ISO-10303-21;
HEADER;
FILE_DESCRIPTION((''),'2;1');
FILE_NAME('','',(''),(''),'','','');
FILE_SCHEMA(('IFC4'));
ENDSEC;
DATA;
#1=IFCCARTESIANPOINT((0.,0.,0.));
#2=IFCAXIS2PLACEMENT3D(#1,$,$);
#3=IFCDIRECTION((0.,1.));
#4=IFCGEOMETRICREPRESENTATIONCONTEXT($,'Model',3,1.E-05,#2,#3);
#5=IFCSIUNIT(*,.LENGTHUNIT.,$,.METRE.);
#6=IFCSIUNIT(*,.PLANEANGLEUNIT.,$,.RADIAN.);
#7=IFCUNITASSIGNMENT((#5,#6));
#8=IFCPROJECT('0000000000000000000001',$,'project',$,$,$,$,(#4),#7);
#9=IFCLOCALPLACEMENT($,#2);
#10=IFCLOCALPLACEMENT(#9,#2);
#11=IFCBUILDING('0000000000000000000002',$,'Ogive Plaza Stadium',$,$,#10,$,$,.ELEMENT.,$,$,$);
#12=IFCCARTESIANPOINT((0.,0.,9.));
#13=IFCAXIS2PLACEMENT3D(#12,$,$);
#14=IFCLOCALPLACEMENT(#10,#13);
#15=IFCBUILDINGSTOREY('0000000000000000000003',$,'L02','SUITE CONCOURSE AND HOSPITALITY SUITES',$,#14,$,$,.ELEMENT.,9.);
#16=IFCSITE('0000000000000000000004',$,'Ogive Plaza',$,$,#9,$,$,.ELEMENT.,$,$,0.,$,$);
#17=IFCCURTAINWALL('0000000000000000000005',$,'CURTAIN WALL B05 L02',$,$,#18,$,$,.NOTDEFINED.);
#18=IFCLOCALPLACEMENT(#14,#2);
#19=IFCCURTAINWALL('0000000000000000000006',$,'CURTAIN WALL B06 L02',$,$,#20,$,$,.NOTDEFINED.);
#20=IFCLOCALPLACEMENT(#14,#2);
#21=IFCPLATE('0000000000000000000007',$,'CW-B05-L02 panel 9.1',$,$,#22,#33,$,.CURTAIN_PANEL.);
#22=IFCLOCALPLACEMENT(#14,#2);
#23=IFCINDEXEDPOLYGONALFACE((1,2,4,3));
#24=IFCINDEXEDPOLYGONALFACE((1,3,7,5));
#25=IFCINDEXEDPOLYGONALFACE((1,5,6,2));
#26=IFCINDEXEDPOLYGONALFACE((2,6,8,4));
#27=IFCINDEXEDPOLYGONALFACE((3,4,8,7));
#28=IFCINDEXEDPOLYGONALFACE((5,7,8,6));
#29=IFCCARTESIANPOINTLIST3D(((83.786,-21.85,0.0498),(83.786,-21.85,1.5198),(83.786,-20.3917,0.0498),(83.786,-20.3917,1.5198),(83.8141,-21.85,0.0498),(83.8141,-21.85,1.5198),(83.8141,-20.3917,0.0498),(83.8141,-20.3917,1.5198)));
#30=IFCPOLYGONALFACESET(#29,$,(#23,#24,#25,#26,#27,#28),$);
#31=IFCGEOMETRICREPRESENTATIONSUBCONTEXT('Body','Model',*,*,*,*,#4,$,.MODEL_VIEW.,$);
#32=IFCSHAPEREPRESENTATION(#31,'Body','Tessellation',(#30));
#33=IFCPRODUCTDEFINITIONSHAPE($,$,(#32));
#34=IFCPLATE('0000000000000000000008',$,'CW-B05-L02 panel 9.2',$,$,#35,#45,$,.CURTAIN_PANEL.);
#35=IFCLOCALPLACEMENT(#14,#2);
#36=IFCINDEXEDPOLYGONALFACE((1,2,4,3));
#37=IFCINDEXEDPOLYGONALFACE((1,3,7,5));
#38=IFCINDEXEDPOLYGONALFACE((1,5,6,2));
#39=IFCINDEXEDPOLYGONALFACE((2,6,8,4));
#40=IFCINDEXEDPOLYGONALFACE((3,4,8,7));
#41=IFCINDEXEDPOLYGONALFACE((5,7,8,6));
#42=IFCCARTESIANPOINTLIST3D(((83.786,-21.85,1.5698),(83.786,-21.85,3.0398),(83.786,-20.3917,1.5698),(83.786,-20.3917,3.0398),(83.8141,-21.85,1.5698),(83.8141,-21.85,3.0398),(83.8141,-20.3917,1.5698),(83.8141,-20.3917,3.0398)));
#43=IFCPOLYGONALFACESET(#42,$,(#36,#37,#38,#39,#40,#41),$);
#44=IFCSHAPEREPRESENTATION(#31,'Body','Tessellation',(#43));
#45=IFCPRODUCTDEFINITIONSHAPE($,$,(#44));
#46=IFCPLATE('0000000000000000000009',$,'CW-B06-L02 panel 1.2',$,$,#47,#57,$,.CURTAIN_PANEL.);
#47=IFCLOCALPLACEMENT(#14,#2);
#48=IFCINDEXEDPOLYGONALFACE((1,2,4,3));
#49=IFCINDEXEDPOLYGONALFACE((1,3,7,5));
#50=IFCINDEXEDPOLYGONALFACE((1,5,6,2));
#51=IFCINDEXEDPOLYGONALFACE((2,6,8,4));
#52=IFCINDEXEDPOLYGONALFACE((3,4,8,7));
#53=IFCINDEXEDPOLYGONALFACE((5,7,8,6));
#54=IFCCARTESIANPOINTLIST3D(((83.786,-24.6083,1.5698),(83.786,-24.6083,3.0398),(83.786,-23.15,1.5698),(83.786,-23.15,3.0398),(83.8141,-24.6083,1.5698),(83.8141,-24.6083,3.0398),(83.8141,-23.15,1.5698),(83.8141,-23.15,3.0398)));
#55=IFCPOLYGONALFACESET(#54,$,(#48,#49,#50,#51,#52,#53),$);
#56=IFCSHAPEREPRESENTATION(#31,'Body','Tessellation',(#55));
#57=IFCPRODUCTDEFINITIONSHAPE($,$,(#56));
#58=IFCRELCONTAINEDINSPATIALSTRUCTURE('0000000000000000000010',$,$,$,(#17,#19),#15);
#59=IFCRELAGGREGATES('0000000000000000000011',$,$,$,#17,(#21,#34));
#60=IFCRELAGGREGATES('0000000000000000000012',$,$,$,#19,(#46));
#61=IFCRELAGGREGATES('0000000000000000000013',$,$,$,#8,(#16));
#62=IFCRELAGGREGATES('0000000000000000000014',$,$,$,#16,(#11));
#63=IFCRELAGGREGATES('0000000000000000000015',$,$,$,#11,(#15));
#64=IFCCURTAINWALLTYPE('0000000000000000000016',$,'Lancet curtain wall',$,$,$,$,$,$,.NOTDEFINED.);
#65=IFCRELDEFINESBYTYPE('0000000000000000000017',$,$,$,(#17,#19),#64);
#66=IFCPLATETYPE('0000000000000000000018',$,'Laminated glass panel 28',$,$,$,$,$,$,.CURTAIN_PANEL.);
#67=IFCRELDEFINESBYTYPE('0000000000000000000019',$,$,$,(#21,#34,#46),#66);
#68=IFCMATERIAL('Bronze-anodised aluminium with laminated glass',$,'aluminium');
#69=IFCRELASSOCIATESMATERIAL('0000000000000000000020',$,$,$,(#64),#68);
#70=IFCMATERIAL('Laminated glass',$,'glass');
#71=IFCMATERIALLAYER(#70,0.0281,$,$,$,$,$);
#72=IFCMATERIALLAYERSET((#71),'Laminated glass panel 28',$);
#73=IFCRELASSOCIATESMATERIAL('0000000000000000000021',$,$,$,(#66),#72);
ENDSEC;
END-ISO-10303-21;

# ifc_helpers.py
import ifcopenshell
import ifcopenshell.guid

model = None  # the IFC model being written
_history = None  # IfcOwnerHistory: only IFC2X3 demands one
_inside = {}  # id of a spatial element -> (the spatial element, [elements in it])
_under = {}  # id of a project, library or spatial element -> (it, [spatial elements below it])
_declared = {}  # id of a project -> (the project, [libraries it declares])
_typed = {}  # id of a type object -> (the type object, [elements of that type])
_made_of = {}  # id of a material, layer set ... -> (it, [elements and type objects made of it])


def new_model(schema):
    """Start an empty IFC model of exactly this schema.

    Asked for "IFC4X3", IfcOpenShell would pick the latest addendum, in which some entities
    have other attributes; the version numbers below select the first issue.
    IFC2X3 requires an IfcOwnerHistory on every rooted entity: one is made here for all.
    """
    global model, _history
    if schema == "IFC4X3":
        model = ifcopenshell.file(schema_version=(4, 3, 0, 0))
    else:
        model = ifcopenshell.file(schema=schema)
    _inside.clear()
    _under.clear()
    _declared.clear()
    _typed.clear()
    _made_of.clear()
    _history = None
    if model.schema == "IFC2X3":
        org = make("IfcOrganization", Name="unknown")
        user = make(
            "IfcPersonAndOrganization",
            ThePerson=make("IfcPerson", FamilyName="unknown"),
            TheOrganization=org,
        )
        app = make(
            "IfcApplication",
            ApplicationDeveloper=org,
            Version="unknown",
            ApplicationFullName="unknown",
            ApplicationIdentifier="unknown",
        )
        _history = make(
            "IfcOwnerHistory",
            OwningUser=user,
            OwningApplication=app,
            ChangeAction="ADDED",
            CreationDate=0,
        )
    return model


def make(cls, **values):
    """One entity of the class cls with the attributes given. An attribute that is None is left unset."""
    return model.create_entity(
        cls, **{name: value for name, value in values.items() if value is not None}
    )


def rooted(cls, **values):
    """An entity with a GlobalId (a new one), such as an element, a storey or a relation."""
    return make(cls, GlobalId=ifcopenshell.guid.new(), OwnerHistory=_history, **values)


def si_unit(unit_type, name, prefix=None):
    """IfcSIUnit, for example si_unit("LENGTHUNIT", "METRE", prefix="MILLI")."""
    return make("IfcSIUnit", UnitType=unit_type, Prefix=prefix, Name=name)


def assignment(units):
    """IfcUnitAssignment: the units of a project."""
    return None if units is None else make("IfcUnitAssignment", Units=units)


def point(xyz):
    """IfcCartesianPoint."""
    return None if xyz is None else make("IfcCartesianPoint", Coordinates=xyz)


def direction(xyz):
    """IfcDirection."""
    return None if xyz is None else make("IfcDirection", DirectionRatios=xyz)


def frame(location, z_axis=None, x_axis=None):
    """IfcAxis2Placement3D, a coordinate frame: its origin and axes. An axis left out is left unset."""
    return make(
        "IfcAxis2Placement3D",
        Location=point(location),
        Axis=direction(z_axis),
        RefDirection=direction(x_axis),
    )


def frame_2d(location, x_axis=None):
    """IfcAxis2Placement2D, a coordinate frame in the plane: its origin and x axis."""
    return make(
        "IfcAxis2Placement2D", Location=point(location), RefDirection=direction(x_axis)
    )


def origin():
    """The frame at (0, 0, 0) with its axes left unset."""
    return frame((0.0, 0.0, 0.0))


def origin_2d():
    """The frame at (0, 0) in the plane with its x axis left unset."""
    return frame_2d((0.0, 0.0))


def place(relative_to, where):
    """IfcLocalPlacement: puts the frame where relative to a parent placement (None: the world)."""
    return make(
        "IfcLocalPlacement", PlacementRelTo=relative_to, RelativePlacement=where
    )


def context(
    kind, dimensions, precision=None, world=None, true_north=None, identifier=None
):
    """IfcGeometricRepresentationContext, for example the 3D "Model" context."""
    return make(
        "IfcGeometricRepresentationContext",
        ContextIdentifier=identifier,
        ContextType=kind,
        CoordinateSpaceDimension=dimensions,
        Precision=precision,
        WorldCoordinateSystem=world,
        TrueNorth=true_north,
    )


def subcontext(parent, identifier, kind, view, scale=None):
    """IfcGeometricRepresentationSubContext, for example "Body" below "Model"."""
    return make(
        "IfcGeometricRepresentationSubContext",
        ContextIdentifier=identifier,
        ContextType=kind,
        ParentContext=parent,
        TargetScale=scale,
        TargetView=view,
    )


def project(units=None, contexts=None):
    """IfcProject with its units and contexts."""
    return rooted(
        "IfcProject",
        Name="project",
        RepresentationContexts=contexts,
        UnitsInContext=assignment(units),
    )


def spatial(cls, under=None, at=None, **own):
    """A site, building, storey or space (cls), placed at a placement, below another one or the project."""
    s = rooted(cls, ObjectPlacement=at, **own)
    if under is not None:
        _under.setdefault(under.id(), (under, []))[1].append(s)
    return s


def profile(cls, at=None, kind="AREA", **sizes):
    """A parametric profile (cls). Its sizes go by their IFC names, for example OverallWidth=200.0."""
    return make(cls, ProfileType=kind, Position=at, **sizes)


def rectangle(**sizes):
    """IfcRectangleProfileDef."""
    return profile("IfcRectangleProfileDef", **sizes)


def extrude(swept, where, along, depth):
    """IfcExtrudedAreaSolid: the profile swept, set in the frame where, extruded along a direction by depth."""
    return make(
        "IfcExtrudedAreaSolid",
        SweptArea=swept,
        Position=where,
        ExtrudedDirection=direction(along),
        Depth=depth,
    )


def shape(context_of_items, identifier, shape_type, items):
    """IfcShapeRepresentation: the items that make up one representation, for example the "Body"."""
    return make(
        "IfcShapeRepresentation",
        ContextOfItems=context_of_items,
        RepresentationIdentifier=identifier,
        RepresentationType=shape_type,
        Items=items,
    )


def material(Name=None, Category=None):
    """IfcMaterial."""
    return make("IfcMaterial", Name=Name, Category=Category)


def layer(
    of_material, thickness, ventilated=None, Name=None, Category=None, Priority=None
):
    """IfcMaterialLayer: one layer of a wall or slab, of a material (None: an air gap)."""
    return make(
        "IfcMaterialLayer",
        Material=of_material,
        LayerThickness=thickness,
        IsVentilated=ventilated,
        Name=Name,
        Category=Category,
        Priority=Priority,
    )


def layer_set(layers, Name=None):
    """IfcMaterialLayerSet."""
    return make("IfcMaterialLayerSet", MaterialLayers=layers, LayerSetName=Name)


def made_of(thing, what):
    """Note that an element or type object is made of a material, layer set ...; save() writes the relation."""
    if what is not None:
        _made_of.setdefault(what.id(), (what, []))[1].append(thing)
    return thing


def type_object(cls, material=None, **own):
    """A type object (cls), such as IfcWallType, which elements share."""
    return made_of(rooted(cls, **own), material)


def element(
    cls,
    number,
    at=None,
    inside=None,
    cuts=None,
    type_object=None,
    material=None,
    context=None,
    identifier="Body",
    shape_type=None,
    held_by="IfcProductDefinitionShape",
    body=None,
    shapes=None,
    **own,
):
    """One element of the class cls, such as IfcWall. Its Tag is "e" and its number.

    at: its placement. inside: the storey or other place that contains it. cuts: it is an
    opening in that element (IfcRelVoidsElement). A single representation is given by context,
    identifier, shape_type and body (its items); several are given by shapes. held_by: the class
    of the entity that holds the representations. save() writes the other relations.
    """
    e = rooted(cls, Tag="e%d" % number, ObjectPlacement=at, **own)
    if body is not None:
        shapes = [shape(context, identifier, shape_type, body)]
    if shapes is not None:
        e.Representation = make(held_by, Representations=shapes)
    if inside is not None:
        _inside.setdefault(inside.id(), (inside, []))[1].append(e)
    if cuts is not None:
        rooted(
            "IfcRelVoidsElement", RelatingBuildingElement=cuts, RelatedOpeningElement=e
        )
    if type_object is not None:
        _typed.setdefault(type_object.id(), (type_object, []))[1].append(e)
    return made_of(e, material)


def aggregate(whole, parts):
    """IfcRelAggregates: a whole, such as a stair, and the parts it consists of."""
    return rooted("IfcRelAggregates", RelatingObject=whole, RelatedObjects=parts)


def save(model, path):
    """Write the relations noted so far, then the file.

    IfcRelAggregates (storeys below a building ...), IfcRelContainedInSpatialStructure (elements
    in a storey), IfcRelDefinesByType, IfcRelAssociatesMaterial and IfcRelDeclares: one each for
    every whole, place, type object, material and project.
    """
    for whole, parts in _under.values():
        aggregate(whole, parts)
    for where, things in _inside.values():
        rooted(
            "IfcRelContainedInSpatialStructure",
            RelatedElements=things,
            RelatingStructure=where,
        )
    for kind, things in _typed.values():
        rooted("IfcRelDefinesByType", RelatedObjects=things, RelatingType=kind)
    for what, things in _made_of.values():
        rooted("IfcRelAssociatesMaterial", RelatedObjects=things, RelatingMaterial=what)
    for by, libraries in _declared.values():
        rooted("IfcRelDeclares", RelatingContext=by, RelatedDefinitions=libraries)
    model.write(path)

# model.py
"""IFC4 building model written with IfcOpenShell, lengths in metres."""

from ifc_helpers import new_model, si_unit, direction, frame, origin, origin_2d, place, context, subcontext, project, spatial, rectangle, extrude, material, layer, layer_set, type_object, element, aggregate, save


model = new_model("IFC4")

# Units and contexts
model_context = context("Model", 3, precision=1e-05, world=origin(), true_north=direction((0.0, 1.0)))
body_context = subcontext(model_context, "Body", "Model", "MODEL_VIEW")
ifc_project = project(units=[si_unit("LENGTHUNIT", "METRE"), si_unit("PLANEANGLEUNIT", "RADIAN")], contexts=[model_context])

# Site, building, storey
site_placement = place(None, origin())
site = spatial("IfcSite", under=ifc_project, at=site_placement, Name="Ogive Plaza", CompositionType="ELEMENT", RefElevation=0.0)
building_placement = place(site_placement, origin())
building = spatial("IfcBuilding", under=site, at=building_placement, Name="Ogive Plaza Stadium", CompositionType="ELEMENT")
storey_placement = place(building_placement, frame((0.0, 0.0, 9.0)))
storey = spatial("IfcBuildingStorey", under=building, at=storey_placement, Name="L02", Description="SUITE CONCOURSE AND HOSPITALITY SUITES", CompositionType="ELEMENT", Elevation=9.0)

# Curtain wall
ifc_material_1 = material(Name="Bronze-anodised aluminium with laminated glass", Category="aluminium")
curtain_wall_type = type_object("IfcCurtainWallType", Name="Lancet curtain wall", PredefinedType="NOTDEFINED", material=ifc_material_1)
curtain_wall_1_placement = place(storey_placement, origin())
curtain_wall_1 = element("IfcCurtainWall", 1, at=curtain_wall_1_placement, inside=storey, type_object=curtain_wall_type, Name="CURTAIN WALL B05 L02", PredefinedType="NOTDEFINED")

# Curtain wall
curtain_wall_2_placement = place(storey_placement, origin())
curtain_wall_2 = element("IfcCurtainWall", 2, at=curtain_wall_2_placement, inside=storey, type_object=curtain_wall_type, Name="CURTAIN WALL B06 L02", PredefinedType="NOTDEFINED")

# Plates
ifc_material_2 = material(Name="Laminated glass", Category="glass")
ifc_layer = layer(ifc_material_2, 0.0281)
ifc_layer_set = layer_set([ifc_layer], Name="Laminated glass panel 28")
plate_type = type_object("IfcPlateType", Name="Laminated glass panel 28", PredefinedType="CURTAIN_PANEL", material=ifc_layer_set)
plate_1_placement = place(storey_placement, frame((83.8, -21.1208, 0.0498), z_axis=(0.0, 0.0, 1.0), x_axis=(0.0, -1.0, 0.0)))
plate_1 = element("IfcPlate", 3, at=plate_1_placement, type_object=plate_type, Name="CW-B05-L02 panel 9.1", PredefinedType="CURTAIN_PANEL", context=body_context, shape_type="SweptSolid", body=[
    extrude(rectangle(XDim=1.4583, YDim=0.0281, at=origin_2d()), origin(), (0.0, 0.0, 1.0), 1.47),
])
plate_2_placement = place(storey_placement, frame((83.8, -21.1208, 1.5698), z_axis=(0.0, 0.0, 1.0), x_axis=(0.0, -1.0, 0.0)))
plate_2 = element("IfcPlate", 4, at=plate_2_placement, type_object=plate_type, Name="CW-B05-L02 panel 9.2", PredefinedType="CURTAIN_PANEL", context=body_context, shape_type="SweptSolid", body=[
    extrude(rectangle(XDim=1.4583, YDim=0.0281, at=origin_2d()), origin(), (0.0, 0.0, 1.0), 1.47),
])
aggregate(curtain_wall_1, [plate_1, plate_2])
plate_3_placement = place(storey_placement, frame((83.8, -23.8792, 1.5698), z_axis=(0.0, 0.0, 1.0), x_axis=(0.0, -1.0, 0.0)))
plate_3 = element("IfcPlate", 5, at=plate_3_placement, type_object=plate_type, Name="CW-B06-L02 panel 1.2", PredefinedType="CURTAIN_PANEL", context=body_context, shape_type="SweptSolid", body=[
    extrude(rectangle(XDim=1.4583, YDim=0.0281, at=origin_2d()), origin(), (0.0, 0.0, 1.0), 1.47),
])
aggregate(curtain_wall_2, [plate_3])

save(model, "model.ifc")
